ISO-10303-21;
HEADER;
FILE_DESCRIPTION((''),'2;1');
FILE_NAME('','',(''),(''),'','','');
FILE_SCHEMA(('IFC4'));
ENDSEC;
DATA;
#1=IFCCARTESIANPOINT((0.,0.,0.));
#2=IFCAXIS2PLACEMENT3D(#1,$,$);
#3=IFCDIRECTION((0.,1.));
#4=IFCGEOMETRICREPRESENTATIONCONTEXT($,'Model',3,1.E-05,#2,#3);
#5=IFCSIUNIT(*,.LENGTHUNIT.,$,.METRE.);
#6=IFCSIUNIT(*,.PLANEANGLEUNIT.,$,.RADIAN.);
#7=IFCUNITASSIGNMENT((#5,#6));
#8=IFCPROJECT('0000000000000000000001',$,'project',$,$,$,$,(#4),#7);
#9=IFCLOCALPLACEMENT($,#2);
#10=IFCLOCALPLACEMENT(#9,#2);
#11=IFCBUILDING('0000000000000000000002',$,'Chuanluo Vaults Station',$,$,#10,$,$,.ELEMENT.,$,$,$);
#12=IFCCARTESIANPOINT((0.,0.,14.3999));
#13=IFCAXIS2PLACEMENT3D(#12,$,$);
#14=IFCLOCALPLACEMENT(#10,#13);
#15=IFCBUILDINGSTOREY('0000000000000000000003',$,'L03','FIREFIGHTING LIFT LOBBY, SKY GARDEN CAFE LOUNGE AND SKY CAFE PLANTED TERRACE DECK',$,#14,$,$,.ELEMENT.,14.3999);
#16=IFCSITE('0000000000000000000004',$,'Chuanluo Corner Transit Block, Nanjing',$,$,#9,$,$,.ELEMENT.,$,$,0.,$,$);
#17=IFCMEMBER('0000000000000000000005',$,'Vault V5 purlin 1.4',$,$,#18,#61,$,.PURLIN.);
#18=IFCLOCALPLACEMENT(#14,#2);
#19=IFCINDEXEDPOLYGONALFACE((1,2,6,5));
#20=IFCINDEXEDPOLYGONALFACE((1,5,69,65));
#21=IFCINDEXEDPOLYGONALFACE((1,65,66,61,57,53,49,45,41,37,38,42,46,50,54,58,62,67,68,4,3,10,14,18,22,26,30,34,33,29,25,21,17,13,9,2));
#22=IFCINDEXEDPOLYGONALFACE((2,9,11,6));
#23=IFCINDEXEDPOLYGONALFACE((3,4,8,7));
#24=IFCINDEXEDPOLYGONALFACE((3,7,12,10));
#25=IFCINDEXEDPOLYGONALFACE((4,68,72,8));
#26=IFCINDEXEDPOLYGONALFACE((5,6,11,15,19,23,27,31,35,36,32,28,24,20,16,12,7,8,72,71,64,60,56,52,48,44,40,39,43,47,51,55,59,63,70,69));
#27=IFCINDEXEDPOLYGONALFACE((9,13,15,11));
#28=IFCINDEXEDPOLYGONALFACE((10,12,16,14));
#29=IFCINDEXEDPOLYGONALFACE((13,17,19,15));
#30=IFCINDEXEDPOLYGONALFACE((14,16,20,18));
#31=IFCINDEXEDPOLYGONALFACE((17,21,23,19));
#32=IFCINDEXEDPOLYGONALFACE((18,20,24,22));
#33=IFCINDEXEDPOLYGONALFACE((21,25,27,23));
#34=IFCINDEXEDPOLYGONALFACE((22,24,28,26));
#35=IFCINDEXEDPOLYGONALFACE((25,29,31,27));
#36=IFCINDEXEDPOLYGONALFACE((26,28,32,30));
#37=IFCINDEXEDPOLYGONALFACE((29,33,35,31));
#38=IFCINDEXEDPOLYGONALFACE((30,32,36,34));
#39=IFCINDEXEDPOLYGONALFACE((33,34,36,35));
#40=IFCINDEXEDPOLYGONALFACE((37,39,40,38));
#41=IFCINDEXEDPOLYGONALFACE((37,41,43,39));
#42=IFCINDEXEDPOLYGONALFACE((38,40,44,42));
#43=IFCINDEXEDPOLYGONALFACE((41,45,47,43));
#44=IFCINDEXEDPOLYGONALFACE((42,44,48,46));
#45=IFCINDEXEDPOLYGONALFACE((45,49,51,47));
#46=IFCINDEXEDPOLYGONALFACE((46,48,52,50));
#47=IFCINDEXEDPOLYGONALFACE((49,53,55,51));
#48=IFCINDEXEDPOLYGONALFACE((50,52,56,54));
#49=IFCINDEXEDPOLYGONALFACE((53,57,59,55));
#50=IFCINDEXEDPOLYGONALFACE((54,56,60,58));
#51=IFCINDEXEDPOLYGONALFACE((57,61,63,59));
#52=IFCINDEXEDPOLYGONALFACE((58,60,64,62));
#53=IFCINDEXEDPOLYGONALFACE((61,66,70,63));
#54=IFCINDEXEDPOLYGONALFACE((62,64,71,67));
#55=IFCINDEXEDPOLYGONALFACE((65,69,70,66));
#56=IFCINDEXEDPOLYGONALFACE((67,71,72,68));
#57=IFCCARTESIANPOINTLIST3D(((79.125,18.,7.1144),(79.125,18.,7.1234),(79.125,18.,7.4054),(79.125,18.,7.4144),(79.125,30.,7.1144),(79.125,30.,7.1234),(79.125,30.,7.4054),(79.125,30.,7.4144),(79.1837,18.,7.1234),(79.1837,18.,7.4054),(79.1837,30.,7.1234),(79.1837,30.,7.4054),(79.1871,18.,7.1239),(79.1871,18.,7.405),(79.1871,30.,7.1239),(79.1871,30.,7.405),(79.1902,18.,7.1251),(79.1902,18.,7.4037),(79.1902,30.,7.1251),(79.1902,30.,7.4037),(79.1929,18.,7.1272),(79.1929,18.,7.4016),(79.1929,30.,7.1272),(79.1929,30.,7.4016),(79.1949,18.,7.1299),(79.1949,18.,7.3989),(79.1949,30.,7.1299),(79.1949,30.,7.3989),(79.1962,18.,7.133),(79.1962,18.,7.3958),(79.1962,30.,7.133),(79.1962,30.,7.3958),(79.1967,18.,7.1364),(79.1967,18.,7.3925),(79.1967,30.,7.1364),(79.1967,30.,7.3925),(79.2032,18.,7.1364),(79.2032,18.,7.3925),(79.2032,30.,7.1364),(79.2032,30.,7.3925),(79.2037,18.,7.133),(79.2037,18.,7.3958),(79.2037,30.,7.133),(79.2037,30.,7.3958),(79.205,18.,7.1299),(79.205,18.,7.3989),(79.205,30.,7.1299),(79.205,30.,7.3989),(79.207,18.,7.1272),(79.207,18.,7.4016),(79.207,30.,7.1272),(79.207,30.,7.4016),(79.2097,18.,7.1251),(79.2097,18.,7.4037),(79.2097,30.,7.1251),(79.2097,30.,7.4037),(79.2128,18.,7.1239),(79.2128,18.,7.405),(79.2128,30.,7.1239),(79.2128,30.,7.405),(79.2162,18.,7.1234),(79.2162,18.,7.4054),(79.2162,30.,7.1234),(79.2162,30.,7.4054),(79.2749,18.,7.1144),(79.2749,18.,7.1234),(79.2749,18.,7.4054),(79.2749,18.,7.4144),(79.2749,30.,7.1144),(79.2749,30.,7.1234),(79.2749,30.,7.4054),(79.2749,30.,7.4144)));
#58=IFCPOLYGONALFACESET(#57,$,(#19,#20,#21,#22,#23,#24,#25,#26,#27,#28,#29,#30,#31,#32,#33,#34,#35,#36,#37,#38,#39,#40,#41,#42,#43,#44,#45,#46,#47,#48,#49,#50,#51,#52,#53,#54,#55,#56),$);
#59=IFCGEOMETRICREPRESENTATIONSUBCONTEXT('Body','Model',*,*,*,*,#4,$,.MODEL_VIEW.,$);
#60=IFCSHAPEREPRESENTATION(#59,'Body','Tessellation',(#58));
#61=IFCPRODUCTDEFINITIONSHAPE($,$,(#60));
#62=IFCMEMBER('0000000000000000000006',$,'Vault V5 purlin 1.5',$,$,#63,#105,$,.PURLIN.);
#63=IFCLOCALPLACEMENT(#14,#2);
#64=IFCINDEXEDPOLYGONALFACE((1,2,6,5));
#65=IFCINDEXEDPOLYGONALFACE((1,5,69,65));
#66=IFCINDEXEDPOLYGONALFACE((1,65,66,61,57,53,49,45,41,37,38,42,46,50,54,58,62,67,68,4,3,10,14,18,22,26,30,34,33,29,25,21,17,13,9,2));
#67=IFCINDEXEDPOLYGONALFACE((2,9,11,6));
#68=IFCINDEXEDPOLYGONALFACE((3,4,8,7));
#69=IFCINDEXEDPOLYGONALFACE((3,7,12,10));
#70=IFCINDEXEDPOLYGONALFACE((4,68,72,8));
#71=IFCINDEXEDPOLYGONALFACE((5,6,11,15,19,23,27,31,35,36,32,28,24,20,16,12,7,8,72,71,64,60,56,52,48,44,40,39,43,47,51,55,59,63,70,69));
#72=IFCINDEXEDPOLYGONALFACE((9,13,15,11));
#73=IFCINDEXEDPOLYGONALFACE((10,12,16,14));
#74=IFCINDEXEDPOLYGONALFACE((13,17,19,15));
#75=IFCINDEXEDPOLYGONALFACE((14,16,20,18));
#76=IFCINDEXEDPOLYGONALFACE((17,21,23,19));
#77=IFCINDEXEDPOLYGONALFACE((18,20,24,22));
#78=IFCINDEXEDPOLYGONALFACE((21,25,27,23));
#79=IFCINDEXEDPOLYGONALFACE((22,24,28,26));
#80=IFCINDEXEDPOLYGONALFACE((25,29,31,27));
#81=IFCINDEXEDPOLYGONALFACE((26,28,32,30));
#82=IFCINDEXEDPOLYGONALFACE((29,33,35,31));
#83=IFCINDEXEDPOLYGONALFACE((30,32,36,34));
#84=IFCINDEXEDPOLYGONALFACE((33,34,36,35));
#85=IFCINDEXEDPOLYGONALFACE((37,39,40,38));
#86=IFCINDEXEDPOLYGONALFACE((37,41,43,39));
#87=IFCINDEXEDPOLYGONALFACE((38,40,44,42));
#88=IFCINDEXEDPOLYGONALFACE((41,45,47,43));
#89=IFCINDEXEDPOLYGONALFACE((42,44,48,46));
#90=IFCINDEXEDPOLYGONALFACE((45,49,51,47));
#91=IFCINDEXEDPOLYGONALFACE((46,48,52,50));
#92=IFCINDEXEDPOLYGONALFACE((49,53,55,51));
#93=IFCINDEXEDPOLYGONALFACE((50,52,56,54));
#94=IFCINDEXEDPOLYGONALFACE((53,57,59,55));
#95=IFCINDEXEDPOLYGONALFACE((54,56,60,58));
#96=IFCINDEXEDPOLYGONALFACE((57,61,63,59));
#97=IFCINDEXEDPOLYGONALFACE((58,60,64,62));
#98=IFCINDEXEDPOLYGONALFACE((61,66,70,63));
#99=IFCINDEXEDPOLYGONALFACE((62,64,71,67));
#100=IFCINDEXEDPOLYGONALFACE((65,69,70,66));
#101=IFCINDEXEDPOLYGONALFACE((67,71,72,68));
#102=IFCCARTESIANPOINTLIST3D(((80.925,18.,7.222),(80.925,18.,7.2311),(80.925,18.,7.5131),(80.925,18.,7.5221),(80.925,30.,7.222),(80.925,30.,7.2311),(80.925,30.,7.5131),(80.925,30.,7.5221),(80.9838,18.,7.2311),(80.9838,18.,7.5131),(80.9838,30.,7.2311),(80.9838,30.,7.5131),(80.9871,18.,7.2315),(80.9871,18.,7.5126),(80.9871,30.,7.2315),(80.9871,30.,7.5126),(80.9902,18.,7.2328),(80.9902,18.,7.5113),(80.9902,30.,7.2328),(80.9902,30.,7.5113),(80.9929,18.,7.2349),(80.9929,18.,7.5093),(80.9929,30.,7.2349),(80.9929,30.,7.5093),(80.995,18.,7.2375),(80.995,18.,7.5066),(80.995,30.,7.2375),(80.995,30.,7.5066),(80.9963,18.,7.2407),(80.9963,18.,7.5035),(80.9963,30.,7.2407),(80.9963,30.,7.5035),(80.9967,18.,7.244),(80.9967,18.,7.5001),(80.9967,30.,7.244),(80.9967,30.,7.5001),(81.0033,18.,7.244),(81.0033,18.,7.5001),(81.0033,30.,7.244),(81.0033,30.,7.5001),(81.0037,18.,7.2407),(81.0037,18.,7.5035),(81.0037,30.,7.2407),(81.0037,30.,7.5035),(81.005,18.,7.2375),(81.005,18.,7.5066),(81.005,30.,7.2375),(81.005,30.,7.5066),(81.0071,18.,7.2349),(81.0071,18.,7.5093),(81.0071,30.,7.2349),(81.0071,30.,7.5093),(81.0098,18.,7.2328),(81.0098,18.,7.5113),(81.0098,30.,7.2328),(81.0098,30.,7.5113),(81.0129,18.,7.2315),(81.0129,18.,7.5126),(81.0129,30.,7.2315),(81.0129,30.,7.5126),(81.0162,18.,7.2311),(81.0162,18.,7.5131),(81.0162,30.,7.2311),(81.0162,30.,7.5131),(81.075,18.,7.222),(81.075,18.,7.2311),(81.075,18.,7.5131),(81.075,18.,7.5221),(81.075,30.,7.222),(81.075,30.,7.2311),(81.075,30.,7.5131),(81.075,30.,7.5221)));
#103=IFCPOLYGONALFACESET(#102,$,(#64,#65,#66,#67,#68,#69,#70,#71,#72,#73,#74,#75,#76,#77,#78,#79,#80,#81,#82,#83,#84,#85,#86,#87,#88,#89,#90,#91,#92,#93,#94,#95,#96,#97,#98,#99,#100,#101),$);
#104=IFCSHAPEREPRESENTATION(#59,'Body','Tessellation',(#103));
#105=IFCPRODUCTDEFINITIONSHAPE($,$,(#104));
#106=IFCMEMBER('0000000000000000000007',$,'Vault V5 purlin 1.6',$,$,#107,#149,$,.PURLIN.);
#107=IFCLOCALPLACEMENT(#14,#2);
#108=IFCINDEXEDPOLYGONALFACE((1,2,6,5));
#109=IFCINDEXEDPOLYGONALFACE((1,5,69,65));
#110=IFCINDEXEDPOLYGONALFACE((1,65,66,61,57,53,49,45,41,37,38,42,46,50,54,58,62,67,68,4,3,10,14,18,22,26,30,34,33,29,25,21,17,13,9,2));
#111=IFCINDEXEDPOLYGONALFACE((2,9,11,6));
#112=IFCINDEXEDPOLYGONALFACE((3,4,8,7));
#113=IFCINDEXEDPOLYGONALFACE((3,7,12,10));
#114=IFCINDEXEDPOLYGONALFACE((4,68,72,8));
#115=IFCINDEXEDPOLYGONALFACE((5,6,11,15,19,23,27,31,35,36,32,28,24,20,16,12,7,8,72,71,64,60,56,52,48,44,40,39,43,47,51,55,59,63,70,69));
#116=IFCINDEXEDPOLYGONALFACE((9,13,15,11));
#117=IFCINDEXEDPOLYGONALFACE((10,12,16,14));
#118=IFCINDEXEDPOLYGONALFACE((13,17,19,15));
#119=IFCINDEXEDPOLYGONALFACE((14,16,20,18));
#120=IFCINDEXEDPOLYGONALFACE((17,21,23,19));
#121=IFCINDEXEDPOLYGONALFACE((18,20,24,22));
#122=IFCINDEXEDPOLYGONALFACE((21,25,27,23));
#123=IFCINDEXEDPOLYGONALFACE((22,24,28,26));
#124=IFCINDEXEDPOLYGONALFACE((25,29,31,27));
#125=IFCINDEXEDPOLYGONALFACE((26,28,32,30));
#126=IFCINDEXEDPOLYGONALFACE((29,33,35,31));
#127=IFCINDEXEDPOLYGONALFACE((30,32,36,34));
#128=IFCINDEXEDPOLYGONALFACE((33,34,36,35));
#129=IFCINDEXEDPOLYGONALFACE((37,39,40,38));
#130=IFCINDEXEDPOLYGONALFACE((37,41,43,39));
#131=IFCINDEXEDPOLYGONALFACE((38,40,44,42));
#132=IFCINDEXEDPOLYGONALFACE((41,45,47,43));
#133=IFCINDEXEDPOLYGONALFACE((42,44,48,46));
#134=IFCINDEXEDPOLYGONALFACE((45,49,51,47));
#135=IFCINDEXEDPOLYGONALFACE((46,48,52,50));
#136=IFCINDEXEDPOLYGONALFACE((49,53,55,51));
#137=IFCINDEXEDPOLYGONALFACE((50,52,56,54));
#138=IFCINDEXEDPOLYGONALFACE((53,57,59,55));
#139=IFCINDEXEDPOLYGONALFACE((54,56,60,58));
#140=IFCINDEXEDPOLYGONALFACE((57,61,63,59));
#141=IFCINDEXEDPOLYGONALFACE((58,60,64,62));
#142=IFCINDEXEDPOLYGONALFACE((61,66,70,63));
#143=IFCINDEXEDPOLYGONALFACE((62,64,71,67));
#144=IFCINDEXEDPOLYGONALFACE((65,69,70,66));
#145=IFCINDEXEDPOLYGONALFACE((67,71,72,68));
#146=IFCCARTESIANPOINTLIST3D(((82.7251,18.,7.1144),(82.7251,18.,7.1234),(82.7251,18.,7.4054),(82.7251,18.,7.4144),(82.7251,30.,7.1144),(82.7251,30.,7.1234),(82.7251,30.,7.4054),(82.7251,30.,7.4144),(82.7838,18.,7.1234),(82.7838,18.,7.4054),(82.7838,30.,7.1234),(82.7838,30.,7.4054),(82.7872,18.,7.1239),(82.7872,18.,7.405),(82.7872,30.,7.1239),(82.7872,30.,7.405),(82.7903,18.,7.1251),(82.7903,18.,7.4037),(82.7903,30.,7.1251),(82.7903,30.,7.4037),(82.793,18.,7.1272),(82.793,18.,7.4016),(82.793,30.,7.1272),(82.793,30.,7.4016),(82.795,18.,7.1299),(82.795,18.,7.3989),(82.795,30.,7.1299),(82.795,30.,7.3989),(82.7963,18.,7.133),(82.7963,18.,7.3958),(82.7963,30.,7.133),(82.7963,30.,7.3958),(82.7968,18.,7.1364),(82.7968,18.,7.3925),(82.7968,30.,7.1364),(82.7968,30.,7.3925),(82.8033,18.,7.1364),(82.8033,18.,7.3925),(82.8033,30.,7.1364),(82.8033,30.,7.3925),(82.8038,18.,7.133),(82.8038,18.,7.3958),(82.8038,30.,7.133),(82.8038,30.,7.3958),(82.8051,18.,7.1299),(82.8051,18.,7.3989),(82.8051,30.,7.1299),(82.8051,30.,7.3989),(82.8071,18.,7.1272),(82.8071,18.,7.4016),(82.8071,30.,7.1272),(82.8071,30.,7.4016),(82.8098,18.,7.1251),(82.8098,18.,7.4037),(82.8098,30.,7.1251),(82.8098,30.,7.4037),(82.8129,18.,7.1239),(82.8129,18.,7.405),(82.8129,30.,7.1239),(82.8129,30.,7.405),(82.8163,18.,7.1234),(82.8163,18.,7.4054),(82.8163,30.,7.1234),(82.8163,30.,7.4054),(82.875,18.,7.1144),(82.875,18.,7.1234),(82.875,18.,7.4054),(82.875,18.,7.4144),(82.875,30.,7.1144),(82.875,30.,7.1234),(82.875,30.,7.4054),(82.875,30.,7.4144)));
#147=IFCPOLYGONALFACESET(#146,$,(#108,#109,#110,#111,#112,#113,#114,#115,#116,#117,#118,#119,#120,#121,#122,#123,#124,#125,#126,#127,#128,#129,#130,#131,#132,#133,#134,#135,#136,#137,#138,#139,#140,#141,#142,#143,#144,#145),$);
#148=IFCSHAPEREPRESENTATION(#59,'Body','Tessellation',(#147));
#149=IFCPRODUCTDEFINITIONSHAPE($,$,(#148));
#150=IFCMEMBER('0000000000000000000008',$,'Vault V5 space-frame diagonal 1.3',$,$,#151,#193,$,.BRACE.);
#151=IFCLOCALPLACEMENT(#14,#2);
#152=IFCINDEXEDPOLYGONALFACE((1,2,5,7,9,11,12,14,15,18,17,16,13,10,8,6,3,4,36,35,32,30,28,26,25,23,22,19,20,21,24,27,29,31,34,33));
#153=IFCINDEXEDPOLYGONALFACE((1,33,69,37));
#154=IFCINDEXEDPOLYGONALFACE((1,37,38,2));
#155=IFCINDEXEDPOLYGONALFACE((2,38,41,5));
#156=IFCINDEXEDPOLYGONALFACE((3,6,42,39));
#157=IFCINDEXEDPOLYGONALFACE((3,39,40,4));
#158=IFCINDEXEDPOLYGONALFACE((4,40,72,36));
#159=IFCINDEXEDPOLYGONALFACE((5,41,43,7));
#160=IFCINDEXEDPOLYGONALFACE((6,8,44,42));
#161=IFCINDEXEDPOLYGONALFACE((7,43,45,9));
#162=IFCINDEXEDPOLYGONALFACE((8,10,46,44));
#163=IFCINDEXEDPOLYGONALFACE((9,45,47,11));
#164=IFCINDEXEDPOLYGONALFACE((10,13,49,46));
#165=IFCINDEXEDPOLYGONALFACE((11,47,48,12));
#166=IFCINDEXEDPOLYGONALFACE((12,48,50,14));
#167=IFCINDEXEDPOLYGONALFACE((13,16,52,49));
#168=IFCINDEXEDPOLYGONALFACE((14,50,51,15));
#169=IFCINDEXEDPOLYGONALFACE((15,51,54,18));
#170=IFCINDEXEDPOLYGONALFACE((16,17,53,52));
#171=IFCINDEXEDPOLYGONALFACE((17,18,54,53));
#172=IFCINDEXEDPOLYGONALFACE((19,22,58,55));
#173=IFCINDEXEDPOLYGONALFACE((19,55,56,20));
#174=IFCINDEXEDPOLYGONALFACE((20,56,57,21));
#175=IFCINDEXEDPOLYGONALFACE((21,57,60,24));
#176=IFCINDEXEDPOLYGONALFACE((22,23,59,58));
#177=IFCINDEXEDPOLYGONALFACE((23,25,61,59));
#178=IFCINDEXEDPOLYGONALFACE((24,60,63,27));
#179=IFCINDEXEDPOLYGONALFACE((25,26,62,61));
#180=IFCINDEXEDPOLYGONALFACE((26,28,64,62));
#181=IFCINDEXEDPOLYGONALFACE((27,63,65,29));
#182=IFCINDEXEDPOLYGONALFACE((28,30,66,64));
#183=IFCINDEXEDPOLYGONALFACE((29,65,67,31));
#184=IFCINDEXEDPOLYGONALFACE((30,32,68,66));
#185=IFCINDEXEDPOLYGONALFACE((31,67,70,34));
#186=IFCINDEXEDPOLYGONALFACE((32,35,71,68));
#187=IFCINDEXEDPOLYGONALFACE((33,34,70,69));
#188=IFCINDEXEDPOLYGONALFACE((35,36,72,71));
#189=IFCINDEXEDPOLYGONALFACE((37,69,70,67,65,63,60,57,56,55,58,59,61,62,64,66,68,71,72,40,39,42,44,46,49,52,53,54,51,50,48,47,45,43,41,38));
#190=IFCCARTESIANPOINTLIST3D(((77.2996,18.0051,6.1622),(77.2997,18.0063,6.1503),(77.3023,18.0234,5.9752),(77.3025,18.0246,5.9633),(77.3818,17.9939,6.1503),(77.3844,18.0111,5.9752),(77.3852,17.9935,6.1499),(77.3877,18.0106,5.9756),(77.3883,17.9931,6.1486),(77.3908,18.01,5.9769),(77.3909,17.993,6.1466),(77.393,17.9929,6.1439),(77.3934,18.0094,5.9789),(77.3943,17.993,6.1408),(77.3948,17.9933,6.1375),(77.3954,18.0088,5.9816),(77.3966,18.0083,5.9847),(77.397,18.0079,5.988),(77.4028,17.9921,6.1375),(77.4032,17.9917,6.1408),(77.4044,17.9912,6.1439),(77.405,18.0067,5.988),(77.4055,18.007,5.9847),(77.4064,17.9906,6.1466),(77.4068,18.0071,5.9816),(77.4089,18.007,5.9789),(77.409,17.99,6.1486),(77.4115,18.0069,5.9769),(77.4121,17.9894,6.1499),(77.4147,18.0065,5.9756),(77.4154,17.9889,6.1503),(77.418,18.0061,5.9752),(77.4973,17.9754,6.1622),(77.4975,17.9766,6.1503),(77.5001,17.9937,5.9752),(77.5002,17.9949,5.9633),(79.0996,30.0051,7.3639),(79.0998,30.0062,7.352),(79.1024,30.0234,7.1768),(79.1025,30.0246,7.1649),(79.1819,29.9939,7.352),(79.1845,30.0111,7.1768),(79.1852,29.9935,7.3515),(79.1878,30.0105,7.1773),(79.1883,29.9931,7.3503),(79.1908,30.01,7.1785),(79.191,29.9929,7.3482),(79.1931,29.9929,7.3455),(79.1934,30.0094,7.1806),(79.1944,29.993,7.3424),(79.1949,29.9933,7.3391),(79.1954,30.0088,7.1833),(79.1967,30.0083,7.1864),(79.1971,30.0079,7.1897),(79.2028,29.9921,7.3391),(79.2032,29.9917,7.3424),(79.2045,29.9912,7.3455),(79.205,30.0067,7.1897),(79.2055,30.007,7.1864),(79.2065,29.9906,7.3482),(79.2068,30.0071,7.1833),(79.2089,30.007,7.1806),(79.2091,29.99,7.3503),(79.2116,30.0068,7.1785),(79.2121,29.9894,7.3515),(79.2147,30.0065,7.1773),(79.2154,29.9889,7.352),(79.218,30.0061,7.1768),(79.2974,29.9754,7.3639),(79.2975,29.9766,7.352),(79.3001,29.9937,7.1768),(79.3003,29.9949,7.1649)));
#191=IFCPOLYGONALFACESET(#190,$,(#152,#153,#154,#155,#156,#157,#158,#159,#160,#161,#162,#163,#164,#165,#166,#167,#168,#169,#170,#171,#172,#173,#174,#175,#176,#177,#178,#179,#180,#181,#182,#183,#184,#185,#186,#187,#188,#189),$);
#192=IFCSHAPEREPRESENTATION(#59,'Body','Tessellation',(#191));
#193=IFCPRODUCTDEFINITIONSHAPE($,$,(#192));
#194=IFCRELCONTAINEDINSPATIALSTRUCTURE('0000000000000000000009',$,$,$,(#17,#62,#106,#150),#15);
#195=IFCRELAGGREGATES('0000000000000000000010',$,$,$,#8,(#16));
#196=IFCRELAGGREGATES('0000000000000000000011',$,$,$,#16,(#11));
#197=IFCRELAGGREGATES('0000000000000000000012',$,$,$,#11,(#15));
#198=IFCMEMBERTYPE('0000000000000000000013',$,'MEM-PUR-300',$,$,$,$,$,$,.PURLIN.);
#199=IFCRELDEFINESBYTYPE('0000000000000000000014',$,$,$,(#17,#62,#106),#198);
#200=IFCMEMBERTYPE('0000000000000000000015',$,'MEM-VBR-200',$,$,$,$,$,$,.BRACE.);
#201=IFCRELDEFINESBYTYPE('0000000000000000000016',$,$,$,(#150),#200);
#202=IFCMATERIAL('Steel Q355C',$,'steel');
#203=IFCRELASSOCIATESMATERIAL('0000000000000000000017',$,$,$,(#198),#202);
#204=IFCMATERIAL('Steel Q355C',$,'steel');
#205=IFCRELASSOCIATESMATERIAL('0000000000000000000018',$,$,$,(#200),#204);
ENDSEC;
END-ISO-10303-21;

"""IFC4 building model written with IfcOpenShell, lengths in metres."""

from ifc_helpers import new_model, si_unit, direction, frame, origin, origin_2d, place, context, subcontext, project, spatial, i_section, extrude, material, material_profile, profile_set, type_object, element, save


model = new_model("IFC4")

# Units and contexts
model_context = context("Model", 3, precision=1e-05, world=origin(), true_north=direction((0.0, 1.0)))
body_context = subcontext(model_context, "Body", "Model", "MODEL_VIEW")
ifc_project = project(units=[si_unit("LENGTHUNIT", "METRE"), si_unit("PLANEANGLEUNIT", "RADIAN")], contexts=[model_context])

# Site, building, storey
site_placement = place(None, origin())
site = spatial("IfcSite", under=ifc_project, at=site_placement, Name="Chuanluo Corner Transit Block, Nanjing", CompositionType="ELEMENT", RefElevation=0.0)
building_placement = place(site_placement, origin())
building = spatial("IfcBuilding", under=site, at=building_placement, Name="Chuanluo Vaults Station", CompositionType="ELEMENT")
storey_placement = place(building_placement, frame((0.0, 0.0, 14.3999)))
storey = spatial("IfcBuildingStorey", under=building, at=storey_placement, Name="L03", Description="FIREFIGHTING LIFT LOBBY, SKY GARDEN CAFE LOUNGE AND SKY CAFE PLANTED TERRACE DECK", CompositionType="ELEMENT", Elevation=14.3999)

# Members
ifc_material_1 = material(Name="Steel Q355C", Category="steel")
ifc_material_profile_1 = material_profile(ifc_material_1, i_section(OverallWidth=0.1499, OverallDepth=0.3, WebThickness=0.0066, FlangeThickness=0.009, FilletRadius=0.0129, at=origin_2d()))
ifc_profile_set_1 = profile_set([ifc_material_profile_1], Name="Steel Q355C")
member_type_1 = type_object("IfcMemberType", Name="MEM-PUR-300", PredefinedType="PURLIN", material=ifc_profile_set_1)
for number, where, z_axis, x_axis, name in (
    (1, (79.2, 18.0, 7.2644), (0.0, 1.0, 0.0), (-1.0, 0.0, 0.0), "Vault V5 purlin 1.4"),
    (2, (81.0, 18.0, 7.3721), (0.0, 1.0, 0.0), (-1.0, 0.0, 0.0), "Vault V5 purlin 1.5"),
    (3, (82.8, 18.0, 7.2644), (0.0, 1.0, 0.0), (-1.0, 0.0, 0.0), "Vault V5 purlin 1.6"),
):
    element("IfcMember", number, at=place(storey_placement, frame(where, z_axis=z_axis, x_axis=x_axis)), inside=storey, type_object=member_type_1, Name=name, PredefinedType="PURLIN", context=body_context, shape_type="SweptSolid", body=[
        extrude(i_section(OverallWidth=0.1499, OverallDepth=0.3, WebThickness=0.0066, FlangeThickness=0.009, FilletRadius=0.0129, at=origin_2d()), origin(), (0.0, 0.0, 1.0), 12.0),
    ])
ifc_material_2 = material(Name="Steel Q355C", Category="steel")
ifc_material_profile_2 = material_profile(ifc_material_2, i_section(OverallWidth=0.2, OverallDepth=0.2, WebThickness=0.0081, FlangeThickness=0.012, FilletRadius=0.0129, at=origin_2d()))
ifc_profile_set_2 = profile_set([ifc_material_profile_2], Name="Steel Q355C")
member_type_2 = type_object("IfcMemberType", Name="MEM-VBR-200", PredefinedType="BRACE", material=ifc_profile_set_2)
member_1_placement = place(storey_placement, frame((77.3999, 18.0, 6.0627), z_axis=(0.147622, 0.984122, 0.098548), x_axis=(-0.988936, 0.148344, 0.0)))
element("IfcMember", 4, at=member_1_placement, inside=storey, type_object=member_type_2, Name="Vault V5 space-frame diagonal 1.3", PredefinedType="BRACE", context=body_context, shape_type="SweptSolid", body=[
    extrude(i_section(OverallWidth=0.2, OverallDepth=0.2, WebThickness=0.0081, FlangeThickness=0.012, FilletRadius=0.0129, at=origin_2d()), origin(), (0.0, 0.0, 1.0), 12.1936),
])

save(model, "model.ifc")
